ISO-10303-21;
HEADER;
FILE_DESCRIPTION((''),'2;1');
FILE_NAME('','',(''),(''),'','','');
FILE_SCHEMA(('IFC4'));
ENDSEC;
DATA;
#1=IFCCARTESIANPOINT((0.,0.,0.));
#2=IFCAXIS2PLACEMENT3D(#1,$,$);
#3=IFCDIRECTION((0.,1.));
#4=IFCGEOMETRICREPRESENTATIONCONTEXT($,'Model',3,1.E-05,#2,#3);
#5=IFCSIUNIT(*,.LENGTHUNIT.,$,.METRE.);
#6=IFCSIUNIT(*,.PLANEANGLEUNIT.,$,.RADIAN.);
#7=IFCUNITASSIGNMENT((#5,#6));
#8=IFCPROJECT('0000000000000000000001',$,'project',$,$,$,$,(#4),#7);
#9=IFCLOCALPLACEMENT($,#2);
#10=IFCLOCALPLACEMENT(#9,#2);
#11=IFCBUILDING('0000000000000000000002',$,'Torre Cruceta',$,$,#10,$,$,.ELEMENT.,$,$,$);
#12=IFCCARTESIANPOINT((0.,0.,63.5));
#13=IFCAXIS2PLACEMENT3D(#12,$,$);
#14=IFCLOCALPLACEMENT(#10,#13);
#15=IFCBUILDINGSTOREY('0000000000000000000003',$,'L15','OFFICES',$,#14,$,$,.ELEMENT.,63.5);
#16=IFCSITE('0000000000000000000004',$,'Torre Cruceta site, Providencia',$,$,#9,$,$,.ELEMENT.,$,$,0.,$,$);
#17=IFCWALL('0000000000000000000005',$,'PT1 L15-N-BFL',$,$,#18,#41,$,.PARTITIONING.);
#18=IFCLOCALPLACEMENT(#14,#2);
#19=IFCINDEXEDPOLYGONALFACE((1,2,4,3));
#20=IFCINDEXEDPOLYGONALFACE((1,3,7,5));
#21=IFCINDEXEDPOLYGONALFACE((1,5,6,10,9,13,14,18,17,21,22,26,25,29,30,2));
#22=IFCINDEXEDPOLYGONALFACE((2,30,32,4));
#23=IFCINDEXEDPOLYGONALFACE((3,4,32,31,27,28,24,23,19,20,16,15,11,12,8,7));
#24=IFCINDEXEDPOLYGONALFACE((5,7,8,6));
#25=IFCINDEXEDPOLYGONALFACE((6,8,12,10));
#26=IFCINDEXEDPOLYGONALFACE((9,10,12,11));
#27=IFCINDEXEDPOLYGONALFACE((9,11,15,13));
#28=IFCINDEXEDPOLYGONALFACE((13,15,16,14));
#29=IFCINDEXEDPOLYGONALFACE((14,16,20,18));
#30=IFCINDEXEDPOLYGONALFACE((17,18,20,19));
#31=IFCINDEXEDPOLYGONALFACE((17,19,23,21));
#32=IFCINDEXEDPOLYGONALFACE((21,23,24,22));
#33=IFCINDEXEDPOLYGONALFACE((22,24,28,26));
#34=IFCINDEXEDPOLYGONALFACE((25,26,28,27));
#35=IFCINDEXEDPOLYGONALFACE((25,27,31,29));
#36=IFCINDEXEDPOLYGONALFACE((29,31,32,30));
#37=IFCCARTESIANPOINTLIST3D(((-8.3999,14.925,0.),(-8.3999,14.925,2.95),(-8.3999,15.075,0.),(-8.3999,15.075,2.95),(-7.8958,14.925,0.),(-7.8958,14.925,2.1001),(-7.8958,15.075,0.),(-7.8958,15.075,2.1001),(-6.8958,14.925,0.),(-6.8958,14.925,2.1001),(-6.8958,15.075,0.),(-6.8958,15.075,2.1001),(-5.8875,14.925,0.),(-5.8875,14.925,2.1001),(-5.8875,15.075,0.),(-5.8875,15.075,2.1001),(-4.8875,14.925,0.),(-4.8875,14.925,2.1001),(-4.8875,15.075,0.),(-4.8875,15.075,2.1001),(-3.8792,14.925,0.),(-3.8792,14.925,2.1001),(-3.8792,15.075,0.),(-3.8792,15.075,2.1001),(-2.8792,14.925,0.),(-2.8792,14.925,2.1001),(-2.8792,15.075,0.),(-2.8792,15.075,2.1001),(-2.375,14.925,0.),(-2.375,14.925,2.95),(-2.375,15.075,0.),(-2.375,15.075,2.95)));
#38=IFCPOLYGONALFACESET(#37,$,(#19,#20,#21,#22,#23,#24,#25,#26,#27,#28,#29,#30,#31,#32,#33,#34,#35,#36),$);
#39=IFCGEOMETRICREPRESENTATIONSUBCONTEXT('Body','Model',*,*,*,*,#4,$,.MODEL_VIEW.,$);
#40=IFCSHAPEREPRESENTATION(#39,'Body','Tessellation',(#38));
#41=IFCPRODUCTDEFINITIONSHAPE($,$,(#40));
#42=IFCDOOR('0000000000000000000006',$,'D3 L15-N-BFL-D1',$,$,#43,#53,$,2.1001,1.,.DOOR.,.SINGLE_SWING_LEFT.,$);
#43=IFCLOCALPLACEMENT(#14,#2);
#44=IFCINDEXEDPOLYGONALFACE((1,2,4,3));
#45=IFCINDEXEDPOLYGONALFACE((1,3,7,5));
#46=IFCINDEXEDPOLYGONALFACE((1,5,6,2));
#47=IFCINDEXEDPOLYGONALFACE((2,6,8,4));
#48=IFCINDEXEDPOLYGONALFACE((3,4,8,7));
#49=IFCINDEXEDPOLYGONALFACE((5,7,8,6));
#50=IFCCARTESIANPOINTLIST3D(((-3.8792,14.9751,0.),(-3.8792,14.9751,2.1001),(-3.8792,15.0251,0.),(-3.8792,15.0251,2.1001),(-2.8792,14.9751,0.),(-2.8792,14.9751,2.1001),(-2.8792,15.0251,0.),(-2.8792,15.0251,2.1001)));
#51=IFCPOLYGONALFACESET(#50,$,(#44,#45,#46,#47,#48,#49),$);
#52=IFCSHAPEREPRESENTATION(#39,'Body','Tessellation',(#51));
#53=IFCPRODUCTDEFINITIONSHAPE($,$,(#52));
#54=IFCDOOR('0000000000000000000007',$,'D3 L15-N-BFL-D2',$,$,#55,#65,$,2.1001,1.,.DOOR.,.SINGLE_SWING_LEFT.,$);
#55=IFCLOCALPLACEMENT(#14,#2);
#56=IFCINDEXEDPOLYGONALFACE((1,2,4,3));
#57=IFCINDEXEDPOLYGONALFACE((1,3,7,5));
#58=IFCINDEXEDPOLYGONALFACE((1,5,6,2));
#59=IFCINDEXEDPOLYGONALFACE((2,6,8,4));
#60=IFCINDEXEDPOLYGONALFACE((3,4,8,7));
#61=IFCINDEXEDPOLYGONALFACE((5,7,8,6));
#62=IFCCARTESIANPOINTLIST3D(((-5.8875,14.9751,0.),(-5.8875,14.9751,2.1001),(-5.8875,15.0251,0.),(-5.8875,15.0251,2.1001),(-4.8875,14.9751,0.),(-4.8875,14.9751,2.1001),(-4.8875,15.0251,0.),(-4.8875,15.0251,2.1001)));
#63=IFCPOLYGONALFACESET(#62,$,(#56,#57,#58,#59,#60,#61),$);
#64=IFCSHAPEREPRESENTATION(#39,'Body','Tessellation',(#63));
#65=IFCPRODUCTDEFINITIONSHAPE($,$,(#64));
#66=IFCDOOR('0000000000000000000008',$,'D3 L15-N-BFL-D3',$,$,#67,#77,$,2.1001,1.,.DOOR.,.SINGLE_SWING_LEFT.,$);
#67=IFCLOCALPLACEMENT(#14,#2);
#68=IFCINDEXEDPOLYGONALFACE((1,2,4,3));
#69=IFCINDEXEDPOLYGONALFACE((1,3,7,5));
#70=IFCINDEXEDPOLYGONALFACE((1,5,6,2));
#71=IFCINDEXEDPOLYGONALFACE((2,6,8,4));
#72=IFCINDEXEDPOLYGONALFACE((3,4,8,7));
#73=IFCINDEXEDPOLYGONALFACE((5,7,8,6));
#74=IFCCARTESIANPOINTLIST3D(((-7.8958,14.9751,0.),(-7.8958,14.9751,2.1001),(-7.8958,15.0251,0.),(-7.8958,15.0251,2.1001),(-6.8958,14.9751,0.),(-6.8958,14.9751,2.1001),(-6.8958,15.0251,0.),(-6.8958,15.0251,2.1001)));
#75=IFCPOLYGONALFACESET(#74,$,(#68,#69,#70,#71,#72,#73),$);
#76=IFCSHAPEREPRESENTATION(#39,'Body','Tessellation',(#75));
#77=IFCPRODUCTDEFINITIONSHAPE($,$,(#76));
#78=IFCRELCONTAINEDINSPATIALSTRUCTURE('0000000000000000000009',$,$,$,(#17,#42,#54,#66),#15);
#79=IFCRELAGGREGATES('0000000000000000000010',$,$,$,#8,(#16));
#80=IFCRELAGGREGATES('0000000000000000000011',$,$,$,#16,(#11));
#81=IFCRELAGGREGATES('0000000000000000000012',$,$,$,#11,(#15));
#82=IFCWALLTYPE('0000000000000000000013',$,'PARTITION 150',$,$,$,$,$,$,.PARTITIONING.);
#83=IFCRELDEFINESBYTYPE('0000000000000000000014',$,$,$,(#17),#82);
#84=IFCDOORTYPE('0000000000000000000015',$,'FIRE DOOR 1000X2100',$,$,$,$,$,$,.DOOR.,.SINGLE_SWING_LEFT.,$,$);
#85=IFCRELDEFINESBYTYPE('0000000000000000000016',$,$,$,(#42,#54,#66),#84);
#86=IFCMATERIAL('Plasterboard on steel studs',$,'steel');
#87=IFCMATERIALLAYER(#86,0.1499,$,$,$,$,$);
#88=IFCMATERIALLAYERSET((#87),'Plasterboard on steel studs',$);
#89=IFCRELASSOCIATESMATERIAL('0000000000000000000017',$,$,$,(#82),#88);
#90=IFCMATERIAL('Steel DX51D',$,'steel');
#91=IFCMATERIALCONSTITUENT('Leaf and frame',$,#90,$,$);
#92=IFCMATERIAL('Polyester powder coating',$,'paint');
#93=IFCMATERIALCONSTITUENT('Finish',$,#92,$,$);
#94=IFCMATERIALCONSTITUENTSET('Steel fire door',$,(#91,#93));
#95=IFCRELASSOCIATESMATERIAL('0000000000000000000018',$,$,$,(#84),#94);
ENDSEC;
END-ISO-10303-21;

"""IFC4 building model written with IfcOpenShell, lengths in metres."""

from ifc_helpers import new_model, si_unit, direction, frame, frame_2d, origin, place, context, subcontext, project, spatial, rectangle, extrude, material, layer, layer_set, constituent, constituent_set, type_object, element, fill, save


model = new_model("IFC4")

# Units and contexts
model_context = context("Model", 3, precision=1e-05, world=origin(), true_north=direction((0.0, 1.0)))
body_context = subcontext(model_context, "Body", "Model", "MODEL_VIEW")
ifc_project = project(units=[si_unit("LENGTHUNIT", "METRE"), si_unit("PLANEANGLEUNIT", "RADIAN")], contexts=[model_context])

# Site, building, storey
site_placement = place(None, origin())
site = spatial("IfcSite", under=ifc_project, at=site_placement, Name="Torre Cruceta site, Providencia", CompositionType="ELEMENT", RefElevation=0.0)
building_placement = place(site_placement, origin())
building = spatial("IfcBuilding", under=site, at=building_placement, Name="Torre Cruceta", CompositionType="ELEMENT")
storey_placement = place(building_placement, frame((0.0, 0.0, 63.5)))
storey = spatial("IfcBuildingStorey", under=building, at=storey_placement, Name="L15", Description="OFFICES", CompositionType="ELEMENT", Elevation=63.5)

# Wall, openings, doors
ifc_material_1 = material(Name="Plasterboard on steel studs", Category="steel")
ifc_layer_1 = layer(ifc_material_1, 0.1499)
ifc_layer_set_1 = layer_set([ifc_layer_1], Name="Plasterboard on steel studs")
wall_type_1 = type_object("IfcWallType", Name="PARTITION 150", PredefinedType="PARTITIONING", material=ifc_layer_set_1)
wall_1_placement = place(storey_placement, frame((-2.375, 15.0, 0.0), z_axis=(0.0, 0.0, 1.0), x_axis=(-1.0, 0.0, 0.0)))
wall_1 = element("IfcWall", 1, at=wall_1_placement, inside=storey, type_object=wall_type_1, Name="PT1 L15-N-BFL", PredefinedType="PARTITIONING", context=body_context, shape_type="SweptSolid", body=[
    extrude(rectangle(XDim=6.0249, YDim=0.1499, at=frame_2d((3.0125, 0.0))), origin(), (0.0, 0.0, 1.0), 2.95),
])
opening_1_placement = place(wall_1_placement, frame((0.5042, 0.0, 0.0)))
opening_1 = element("IfcOpeningElement", 2, at=opening_1_placement, cuts=wall_1, PredefinedType="OPENING", context=body_context, shape_type="SweptSolid", body=[
    extrude(rectangle(XDim=1.0, YDim=2.1001, at=frame_2d((0.5, 1.05))), frame((0.0, 0.085, 0.0), z_axis=(0.0, -1.0, 0.0), x_axis=(1.0, 0.0, 0.0)), (0.0, 0.0, 1.0), 0.1699),
])
opening_2_placement = place(wall_1_placement, frame((2.5125, 0.0, 0.0)))
opening_2 = element("IfcOpeningElement", 3, at=opening_2_placement, cuts=wall_1, PredefinedType="OPENING", context=body_context, shape_type="SweptSolid", body=[
    extrude(rectangle(XDim=1.0, YDim=2.1001, at=frame_2d((0.5, 1.05))), frame((0.0, 0.085, 0.0), z_axis=(0.0, -1.0, 0.0), x_axis=(1.0, 0.0, 0.0)), (0.0, 0.0, 1.0), 0.1699),
])
opening_3_placement = place(wall_1_placement, frame((4.5208, 0.0, 0.0)))
opening_3 = element("IfcOpeningElement", 4, at=opening_3_placement, cuts=wall_1, PredefinedType="OPENING", context=body_context, shape_type="SweptSolid", body=[
    extrude(rectangle(XDim=1.0, YDim=2.1001, at=frame_2d((0.5, 1.05))), frame((0.0, 0.085, 0.0), z_axis=(0.0, -1.0, 0.0), x_axis=(1.0, 0.0, 0.0)), (0.0, 0.0, 1.0), 0.1699),
])
ifc_material_2 = material(Name="Steel DX51D", Category="steel")
ifc_constituent_1 = constituent(ifc_material_2, Name="Leaf and frame")
ifc_material_3 = material(Name="Polyester powder coating", Category="paint")
ifc_constituent_2 = constituent(ifc_material_3, Name="Finish")
ifc_constituent_set_1 = constituent_set(constituents=[ifc_constituent_1, ifc_constituent_2], Name="Steel fire door")
door_type = type_object("IfcDoorType", Name="FIRE DOOR 1000X2100", OperationType="SINGLE_SWING_LEFT", PredefinedType="DOOR", material=ifc_constituent_set_1)
door_1_placement = place(opening_1_placement, origin())
door_1 = element("IfcDoor", 5, at=door_1_placement, inside=storey, type_object=door_type, Name="D3 L15-N-BFL-D1", OperationType="SINGLE_SWING_LEFT", OverallHeight=2.1001, OverallWidth=1.0, PredefinedType="DOOR", context=body_context, shape_type="SweptSolid", body=[
    extrude(rectangle(XDim=1.0, YDim=2.1001, at=frame_2d((0.5, 1.05))), frame((0.0, 0.0249, 0.0), z_axis=(0.0, -1.0, 0.0), x_axis=(1.0, 0.0, 0.0)), (0.0, 0.0, 1.0), 0.05),
])
fill(opening_1, door_1)
door_2_placement = place(opening_2_placement, origin())
door_2 = element("IfcDoor", 6, at=door_2_placement, inside=storey, type_object=door_type, Name="D3 L15-N-BFL-D2", OperationType="SINGLE_SWING_LEFT", OverallHeight=2.1001, OverallWidth=1.0, PredefinedType="DOOR", context=body_context, shape_type="SweptSolid", body=[
    extrude(rectangle(XDim=1.0, YDim=2.1001, at=frame_2d((0.5, 1.05))), frame((0.0, 0.0249, 0.0), z_axis=(0.0, -1.0, 0.0), x_axis=(1.0, 0.0, 0.0)), (0.0, 0.0, 1.0), 0.05),
])
fill(opening_2, door_2)
door_3_placement = place(opening_3_placement, origin())
door_3 = element("IfcDoor", 7, at=door_3_placement, inside=storey, type_object=door_type, Name="D3 L15-N-BFL-D3", OperationType="SINGLE_SWING_LEFT", OverallHeight=2.1001, OverallWidth=1.0, PredefinedType="DOOR", context=body_context, shape_type="SweptSolid", body=[
    extrude(rectangle(XDim=1.0, YDim=2.1001, at=frame_2d((0.5, 1.05))), frame((0.0, 0.0249, 0.0), z_axis=(0.0, -1.0, 0.0), x_axis=(1.0, 0.0, 0.0)), (0.0, 0.0, 1.0), 0.05),
])
fill(opening_3, door_3)

save(model, "model.ifc")
